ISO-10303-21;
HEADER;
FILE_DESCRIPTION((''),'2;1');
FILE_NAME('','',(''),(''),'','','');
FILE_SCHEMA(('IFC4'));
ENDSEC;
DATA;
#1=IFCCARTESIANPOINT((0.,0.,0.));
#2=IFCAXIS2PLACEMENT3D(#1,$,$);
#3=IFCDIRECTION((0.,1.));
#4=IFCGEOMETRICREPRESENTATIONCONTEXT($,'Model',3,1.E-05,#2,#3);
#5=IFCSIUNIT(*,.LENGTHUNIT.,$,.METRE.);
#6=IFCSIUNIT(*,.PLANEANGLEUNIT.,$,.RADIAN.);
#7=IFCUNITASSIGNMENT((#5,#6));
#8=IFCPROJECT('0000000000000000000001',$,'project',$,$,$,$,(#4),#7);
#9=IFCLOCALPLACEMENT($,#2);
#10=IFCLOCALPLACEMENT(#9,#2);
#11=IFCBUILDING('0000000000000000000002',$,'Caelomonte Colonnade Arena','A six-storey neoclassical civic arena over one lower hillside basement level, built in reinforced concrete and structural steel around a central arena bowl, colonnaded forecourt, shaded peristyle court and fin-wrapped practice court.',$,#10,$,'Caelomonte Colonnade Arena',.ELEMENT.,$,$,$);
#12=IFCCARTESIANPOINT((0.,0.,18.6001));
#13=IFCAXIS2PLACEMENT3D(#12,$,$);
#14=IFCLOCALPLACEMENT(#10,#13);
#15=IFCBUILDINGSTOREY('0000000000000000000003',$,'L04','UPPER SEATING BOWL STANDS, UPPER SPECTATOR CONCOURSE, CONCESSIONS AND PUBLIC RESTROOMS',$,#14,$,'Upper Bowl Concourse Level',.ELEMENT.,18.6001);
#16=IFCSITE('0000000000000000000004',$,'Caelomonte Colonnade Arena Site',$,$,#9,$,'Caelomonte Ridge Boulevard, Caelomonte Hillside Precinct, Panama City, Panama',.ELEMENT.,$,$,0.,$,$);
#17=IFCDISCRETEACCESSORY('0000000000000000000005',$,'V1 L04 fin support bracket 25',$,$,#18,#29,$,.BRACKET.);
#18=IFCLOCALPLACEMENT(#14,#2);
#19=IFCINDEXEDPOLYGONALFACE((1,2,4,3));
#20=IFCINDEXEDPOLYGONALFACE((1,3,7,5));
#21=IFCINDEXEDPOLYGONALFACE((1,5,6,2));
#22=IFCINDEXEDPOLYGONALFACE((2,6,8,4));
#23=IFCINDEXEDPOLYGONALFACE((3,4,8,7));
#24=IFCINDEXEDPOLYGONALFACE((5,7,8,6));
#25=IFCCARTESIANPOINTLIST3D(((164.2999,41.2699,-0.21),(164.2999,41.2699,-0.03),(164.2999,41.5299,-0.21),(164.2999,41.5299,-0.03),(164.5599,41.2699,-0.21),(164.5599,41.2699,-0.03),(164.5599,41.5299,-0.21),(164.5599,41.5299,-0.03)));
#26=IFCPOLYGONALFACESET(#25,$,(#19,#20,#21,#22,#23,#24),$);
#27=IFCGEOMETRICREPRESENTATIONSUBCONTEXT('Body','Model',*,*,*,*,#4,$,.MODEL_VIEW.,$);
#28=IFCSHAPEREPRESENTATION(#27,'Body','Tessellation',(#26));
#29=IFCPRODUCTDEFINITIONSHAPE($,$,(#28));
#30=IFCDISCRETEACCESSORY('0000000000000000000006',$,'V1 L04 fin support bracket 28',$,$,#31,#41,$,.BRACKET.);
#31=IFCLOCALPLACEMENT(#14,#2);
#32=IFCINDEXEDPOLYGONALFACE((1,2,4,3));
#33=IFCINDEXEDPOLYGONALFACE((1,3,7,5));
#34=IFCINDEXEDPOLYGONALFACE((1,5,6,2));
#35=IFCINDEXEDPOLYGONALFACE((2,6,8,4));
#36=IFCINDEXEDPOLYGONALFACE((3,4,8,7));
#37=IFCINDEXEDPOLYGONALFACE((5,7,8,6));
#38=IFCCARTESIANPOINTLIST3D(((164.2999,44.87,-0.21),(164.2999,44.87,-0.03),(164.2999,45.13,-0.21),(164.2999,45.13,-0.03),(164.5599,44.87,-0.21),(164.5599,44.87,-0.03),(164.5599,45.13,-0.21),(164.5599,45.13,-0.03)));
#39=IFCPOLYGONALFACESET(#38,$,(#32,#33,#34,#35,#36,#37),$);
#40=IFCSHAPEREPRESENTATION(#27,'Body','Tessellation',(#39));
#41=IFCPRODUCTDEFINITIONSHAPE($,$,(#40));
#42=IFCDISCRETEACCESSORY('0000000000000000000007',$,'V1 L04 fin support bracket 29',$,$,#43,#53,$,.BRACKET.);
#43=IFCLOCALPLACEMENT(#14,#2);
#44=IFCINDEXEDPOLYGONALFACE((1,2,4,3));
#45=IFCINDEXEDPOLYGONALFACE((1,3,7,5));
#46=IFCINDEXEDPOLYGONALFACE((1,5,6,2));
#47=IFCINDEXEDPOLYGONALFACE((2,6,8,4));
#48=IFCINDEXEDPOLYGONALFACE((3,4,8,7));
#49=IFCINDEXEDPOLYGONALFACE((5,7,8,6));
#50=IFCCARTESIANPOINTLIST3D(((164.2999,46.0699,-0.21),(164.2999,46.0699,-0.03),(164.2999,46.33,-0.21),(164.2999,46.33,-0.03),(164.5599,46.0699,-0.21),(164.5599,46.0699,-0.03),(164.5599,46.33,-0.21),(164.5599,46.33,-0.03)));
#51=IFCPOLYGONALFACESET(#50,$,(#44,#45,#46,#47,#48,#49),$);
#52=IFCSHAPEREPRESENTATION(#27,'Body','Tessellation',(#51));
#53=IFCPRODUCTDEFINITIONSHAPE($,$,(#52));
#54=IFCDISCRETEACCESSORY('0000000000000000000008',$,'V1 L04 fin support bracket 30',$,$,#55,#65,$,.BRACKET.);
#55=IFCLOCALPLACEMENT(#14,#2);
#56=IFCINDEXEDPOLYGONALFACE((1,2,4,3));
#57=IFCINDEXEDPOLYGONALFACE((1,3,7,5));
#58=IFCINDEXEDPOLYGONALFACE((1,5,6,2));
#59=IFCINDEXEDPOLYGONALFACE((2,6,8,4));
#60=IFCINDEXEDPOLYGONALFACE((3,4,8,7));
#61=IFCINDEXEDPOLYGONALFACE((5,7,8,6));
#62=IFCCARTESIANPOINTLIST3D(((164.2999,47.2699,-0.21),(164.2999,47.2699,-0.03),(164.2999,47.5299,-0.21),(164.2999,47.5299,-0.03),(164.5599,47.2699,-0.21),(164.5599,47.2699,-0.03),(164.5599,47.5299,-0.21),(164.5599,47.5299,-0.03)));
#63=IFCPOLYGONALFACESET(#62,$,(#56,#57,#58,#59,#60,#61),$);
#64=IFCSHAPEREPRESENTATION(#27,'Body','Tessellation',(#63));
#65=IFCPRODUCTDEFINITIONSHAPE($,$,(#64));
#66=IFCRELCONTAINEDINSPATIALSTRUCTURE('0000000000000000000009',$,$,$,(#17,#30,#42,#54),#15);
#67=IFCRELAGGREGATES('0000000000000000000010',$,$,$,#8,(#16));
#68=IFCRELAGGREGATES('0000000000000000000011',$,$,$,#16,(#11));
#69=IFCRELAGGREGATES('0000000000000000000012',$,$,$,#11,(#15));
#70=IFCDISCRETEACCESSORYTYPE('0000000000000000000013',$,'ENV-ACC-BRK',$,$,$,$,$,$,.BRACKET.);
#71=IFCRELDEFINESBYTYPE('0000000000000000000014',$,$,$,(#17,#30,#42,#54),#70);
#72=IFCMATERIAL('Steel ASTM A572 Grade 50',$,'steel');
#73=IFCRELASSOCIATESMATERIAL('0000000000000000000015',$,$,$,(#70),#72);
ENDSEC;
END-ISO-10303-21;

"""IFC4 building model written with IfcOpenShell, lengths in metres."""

from ifc_helpers import new_model, si_unit, direction, frame, origin, origin_2d, place, context, subcontext, project, spatial, rectangle, extrude, material, type_object, element, save


model = new_model("IFC4")

# Units and contexts
model_context = context("Model", 3, precision=1e-05, world=origin(), true_north=direction((0.0, 1.0)))
body_context = subcontext(model_context, "Body", "Model", "MODEL_VIEW")
ifc_project = project(units=[si_unit("LENGTHUNIT", "METRE"), si_unit("PLANEANGLEUNIT", "RADIAN")], contexts=[model_context])

# Site, building, storey
site_placement = place(None, origin())
site = spatial("IfcSite", under=ifc_project, at=site_placement, Name="Caelomonte Colonnade Arena Site", LongName="Caelomonte Ridge Boulevard, Caelomonte Hillside Precinct, Panama City, Panama", CompositionType="ELEMENT", RefElevation=0.0)
building_placement = place(site_placement, origin())
building = spatial("IfcBuilding", under=site, at=building_placement, Name="Caelomonte Colonnade Arena", Description="A six-storey neoclassical civic arena over one lower hillside basement level, built in reinforced concrete and structural steel around a central arena bowl, colonnaded forecourt, shaded peristyle court and fin-wrapped practice court.", LongName="Caelomonte Colonnade Arena", CompositionType="ELEMENT")
storey_placement = place(building_placement, frame((0.0, 0.0, 18.6001)))
storey = spatial("IfcBuildingStorey", under=building, at=storey_placement, Name="L04", Description="UPPER SEATING BOWL STANDS, UPPER SPECTATOR CONCOURSE, CONCESSIONS AND PUBLIC RESTROOMS", LongName="Upper Bowl Concourse Level", CompositionType="ELEMENT", Elevation=18.6001)

# Discrete accessories
ifc_material_1 = material(Name="Steel ASTM A572 Grade 50", Category="steel")
discrete_accessory_type = type_object("IfcDiscreteAccessoryType", Name="ENV-ACC-BRK", PredefinedType="BRACKET", material=ifc_material_1)
for number, where, z_axis, x_axis, name in (
    (1, (164.4299, 41.3999, -0.21), (0.0, 0.0, 1.0), (0.0, 1.0, 0.0), "V1 L04 fin support bracket 25"),
    (2, (164.4299, 45.0, -0.21), (0.0, 0.0, 1.0), (0.0, 1.0, 0.0), "V1 L04 fin support bracket 28"),
    (3, (164.4299, 46.2, -0.21), (0.0, 0.0, 1.0), (0.0, 1.0, 0.0), "V1 L04 fin support bracket 29"),
    (4, (164.4299, 47.3999, -0.21), (0.0, 0.0, 1.0), (0.0, 1.0, 0.0), "V1 L04 fin support bracket 30"),
):
    element("IfcDiscreteAccessory", number, at=place(storey_placement, frame(where, z_axis=z_axis, x_axis=x_axis)), inside=storey, type_object=discrete_accessory_type, Name=name, PredefinedType="BRACKET", context=body_context, shape_type="SweptSolid", body=[
        extrude(rectangle(XDim=0.26, YDim=0.26, at=origin_2d()), origin(), (0.0, 0.0, 1.0), 0.1799),
    ])

save(model, "model.ifc")
